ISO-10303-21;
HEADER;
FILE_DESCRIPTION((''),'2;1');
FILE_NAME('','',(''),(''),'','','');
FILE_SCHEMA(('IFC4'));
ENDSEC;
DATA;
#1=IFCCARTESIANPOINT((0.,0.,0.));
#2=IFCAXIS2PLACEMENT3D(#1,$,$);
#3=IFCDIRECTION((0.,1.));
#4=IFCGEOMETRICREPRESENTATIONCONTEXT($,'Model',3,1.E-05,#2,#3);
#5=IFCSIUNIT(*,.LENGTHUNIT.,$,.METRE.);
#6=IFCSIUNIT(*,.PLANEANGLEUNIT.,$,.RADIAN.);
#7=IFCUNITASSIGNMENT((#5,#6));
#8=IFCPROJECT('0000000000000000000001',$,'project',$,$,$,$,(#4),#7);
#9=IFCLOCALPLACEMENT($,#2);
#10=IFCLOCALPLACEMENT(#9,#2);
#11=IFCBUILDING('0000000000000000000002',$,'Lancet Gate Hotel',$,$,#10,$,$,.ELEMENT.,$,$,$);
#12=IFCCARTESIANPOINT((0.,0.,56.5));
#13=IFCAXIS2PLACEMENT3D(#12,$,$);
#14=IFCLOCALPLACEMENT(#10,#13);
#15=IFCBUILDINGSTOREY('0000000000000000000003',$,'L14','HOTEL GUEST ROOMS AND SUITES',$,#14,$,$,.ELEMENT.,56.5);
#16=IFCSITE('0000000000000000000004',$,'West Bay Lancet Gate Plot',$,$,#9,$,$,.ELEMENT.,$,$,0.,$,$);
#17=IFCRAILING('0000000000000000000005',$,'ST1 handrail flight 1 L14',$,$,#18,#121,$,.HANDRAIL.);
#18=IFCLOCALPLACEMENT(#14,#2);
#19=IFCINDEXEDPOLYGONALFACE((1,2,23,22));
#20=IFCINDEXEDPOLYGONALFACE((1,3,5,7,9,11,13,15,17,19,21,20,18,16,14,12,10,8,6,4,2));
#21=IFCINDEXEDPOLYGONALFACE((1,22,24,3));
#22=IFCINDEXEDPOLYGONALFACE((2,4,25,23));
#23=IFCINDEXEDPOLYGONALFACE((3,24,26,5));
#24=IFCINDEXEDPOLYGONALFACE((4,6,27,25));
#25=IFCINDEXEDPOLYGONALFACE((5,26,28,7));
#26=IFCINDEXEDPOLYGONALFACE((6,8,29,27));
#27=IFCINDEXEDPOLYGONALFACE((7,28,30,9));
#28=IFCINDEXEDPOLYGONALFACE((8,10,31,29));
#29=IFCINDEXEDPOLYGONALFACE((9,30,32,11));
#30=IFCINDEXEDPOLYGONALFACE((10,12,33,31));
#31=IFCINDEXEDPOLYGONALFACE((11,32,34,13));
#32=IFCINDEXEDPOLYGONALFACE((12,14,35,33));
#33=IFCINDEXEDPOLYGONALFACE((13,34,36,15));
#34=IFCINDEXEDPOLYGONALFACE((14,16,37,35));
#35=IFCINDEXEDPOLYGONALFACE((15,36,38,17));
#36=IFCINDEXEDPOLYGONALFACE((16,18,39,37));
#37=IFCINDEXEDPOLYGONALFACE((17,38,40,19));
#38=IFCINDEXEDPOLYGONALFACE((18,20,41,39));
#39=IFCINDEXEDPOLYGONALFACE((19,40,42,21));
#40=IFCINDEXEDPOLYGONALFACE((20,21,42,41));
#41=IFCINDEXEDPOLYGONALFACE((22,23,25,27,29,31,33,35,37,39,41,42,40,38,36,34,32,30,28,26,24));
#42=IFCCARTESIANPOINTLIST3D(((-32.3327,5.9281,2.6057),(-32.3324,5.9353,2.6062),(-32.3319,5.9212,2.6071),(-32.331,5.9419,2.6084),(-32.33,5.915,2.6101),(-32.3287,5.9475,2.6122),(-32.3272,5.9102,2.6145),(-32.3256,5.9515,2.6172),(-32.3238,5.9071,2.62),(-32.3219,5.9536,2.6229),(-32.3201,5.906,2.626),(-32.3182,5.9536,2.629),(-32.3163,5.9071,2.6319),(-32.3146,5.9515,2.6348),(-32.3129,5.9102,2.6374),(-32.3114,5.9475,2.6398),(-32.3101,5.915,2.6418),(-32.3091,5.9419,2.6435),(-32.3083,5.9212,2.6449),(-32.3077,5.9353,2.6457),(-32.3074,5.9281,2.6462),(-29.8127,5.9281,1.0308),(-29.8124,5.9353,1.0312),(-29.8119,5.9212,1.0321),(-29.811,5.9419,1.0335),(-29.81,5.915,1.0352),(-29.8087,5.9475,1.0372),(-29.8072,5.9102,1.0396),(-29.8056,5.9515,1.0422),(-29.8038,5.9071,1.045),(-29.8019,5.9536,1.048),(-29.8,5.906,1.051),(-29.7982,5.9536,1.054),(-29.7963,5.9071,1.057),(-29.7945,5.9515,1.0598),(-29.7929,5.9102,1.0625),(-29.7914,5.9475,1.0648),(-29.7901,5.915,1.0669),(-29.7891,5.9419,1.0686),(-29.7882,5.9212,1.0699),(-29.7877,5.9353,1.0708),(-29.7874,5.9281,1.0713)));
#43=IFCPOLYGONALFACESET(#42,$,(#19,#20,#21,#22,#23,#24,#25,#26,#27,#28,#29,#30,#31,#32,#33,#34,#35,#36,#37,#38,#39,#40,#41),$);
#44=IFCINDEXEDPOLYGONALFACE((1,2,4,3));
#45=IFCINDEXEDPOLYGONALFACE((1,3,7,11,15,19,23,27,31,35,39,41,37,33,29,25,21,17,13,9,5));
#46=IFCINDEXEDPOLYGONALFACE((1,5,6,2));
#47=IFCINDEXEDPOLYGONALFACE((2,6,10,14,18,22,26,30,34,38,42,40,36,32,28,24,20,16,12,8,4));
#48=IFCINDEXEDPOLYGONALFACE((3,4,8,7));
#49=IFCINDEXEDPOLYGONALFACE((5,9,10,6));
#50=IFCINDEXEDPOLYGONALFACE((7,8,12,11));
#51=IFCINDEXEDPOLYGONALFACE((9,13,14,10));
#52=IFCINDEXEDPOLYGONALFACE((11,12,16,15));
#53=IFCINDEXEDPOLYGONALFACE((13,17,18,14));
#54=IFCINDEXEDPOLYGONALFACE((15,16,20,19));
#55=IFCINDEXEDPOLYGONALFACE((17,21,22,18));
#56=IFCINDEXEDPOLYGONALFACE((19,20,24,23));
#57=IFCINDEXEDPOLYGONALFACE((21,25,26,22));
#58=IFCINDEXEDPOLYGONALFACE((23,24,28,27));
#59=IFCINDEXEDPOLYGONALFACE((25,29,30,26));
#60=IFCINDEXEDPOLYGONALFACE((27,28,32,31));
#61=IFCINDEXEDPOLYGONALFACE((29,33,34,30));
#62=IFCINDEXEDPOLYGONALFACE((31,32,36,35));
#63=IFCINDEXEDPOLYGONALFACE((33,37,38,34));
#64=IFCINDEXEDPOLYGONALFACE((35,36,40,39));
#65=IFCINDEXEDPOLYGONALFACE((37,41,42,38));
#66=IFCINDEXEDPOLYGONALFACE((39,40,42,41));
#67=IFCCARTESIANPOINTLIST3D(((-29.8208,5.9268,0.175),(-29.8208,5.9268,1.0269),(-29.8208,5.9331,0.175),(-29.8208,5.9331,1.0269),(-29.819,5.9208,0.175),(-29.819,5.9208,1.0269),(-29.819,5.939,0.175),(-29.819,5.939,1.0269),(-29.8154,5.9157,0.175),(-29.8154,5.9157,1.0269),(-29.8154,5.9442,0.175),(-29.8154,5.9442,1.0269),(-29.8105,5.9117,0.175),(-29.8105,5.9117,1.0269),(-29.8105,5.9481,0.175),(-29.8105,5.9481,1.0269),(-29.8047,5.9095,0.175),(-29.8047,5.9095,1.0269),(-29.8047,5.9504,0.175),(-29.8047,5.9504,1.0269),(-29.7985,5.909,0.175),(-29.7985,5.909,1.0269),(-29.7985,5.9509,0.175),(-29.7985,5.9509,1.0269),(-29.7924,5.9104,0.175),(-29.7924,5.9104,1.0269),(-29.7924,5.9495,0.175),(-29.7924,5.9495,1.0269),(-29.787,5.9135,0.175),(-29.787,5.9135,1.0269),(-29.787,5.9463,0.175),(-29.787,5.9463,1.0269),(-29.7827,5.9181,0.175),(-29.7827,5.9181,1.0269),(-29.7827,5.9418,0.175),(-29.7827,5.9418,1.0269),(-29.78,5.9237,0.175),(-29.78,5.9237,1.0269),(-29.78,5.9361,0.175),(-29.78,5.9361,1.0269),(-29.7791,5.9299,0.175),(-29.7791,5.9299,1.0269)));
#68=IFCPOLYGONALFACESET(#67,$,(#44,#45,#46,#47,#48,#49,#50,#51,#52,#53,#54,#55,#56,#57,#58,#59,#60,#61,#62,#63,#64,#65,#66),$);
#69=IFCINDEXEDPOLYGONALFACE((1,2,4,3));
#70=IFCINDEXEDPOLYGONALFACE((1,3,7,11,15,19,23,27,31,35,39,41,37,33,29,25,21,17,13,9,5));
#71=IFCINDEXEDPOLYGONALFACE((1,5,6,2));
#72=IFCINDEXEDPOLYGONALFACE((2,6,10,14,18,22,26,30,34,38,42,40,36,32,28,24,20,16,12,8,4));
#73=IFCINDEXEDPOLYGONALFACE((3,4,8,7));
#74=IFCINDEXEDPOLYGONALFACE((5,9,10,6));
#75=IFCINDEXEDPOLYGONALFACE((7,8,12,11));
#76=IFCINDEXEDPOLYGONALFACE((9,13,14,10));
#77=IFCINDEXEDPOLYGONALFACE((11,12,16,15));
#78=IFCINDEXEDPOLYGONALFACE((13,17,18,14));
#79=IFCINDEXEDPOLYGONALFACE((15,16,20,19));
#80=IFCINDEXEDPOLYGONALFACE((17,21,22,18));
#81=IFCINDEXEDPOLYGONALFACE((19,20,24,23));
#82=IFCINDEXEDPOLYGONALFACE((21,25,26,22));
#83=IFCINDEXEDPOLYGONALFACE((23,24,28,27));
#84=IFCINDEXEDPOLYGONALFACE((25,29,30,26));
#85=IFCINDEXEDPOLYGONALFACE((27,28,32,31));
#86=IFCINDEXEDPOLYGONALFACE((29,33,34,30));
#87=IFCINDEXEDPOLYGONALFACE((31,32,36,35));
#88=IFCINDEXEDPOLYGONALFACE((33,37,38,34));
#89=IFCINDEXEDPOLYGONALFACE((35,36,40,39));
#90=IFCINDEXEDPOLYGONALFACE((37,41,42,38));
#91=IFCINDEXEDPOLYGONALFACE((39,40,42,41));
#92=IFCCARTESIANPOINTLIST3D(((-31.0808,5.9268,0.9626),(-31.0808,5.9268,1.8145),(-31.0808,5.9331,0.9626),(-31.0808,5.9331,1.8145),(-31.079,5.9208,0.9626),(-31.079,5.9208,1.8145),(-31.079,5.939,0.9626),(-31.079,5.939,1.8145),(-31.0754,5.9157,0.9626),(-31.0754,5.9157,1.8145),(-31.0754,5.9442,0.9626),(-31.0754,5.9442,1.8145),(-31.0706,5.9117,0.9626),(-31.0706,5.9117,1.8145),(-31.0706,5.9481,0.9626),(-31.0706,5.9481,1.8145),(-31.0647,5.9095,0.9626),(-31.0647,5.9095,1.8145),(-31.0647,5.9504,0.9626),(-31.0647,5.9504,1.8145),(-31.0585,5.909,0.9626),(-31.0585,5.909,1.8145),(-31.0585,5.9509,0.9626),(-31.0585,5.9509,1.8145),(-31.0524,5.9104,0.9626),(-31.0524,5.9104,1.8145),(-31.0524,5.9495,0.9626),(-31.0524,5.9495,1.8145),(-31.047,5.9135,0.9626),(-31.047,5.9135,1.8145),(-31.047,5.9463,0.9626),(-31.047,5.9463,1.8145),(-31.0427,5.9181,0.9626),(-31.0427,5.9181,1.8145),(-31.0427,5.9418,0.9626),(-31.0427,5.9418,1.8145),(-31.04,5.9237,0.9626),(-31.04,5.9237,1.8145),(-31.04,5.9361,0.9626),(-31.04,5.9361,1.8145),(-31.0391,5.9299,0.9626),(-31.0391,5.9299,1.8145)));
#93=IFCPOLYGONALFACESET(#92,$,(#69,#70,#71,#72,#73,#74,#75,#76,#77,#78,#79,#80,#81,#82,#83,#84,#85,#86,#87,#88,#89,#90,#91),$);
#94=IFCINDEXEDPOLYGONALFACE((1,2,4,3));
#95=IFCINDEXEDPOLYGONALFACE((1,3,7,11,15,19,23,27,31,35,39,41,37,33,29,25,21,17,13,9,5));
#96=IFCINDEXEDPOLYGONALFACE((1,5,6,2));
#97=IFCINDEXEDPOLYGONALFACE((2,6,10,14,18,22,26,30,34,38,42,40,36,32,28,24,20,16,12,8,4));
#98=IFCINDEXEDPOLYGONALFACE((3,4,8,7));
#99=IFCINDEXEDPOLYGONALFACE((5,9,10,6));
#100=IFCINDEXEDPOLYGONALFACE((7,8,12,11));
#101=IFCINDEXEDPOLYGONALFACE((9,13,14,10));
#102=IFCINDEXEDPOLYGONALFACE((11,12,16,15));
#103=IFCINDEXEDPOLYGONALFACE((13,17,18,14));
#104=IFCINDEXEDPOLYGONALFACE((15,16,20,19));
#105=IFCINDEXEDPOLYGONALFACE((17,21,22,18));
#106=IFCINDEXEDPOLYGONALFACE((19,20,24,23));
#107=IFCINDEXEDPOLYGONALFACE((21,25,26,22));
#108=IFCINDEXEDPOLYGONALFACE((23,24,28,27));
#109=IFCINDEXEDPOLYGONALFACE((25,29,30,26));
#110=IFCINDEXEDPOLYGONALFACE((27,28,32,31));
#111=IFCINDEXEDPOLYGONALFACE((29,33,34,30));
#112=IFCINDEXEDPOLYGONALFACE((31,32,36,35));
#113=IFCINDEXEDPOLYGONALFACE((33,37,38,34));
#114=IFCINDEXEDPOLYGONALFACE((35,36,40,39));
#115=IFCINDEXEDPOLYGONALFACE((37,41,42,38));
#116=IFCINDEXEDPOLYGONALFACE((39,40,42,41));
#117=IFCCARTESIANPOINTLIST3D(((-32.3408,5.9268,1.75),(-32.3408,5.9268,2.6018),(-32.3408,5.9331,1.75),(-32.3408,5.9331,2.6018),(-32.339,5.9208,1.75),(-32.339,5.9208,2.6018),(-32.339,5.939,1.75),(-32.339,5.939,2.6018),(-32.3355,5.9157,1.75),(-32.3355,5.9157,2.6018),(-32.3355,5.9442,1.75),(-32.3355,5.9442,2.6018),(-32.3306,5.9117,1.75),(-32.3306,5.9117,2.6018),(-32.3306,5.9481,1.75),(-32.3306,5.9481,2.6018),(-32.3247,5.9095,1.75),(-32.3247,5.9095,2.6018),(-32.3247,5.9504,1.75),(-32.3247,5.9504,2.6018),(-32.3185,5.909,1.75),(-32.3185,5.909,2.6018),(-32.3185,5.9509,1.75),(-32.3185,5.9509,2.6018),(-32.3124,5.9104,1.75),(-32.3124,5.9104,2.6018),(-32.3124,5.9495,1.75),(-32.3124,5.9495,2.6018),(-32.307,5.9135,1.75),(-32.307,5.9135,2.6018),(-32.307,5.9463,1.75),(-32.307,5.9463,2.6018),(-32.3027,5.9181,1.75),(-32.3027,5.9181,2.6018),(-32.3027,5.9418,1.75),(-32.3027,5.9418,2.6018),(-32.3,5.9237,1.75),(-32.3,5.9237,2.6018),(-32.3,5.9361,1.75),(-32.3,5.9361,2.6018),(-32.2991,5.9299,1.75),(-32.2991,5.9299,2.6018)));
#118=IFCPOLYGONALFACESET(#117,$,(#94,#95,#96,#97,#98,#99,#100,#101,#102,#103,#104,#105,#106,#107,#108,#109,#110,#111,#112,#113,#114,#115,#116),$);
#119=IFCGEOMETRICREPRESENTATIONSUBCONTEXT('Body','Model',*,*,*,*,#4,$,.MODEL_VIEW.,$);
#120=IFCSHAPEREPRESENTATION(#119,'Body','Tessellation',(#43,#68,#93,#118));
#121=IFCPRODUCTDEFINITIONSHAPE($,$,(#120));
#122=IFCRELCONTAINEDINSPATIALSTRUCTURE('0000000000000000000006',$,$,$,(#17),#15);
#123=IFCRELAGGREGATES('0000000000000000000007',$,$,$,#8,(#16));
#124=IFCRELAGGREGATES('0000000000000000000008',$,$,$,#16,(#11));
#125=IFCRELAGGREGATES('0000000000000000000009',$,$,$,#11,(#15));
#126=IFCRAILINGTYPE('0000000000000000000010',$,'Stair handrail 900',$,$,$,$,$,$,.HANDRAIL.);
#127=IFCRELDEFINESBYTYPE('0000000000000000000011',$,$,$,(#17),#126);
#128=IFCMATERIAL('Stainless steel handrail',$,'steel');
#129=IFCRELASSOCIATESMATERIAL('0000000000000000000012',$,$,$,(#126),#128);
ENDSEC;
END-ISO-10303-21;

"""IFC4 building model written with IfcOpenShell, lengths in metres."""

from ifc_helpers import new_model, si_unit, direction, frame, origin, origin_2d, place, context, subcontext, project, spatial, circle, extrude, material, type_object, element, save


model = new_model("IFC4")

# Units and contexts
model_context = context("Model", 3, precision=1e-05, world=origin(), true_north=direction((0.0, 1.0)))
body_context = subcontext(model_context, "Body", "Model", "MODEL_VIEW")
ifc_project = project(units=[si_unit("LENGTHUNIT", "METRE"), si_unit("PLANEANGLEUNIT", "RADIAN")], contexts=[model_context])

# Site, building, storey
site_placement = place(None, origin())
site = spatial("IfcSite", under=ifc_project, at=site_placement, Name="West Bay Lancet Gate Plot", CompositionType="ELEMENT", RefElevation=0.0)
building_placement = place(site_placement, origin())
building = spatial("IfcBuilding", under=site, at=building_placement, Name="Lancet Gate Hotel", CompositionType="ELEMENT")
storey_placement = place(building_placement, frame((0.0, 0.0, 56.5)))
storey = spatial("IfcBuildingStorey", under=building, at=storey_placement, Name="L14", Description="HOTEL GUEST ROOMS AND SUITES", CompositionType="ELEMENT", Elevation=56.5)

# Railing
ifc_material_1 = material(Name="Stainless steel handrail", Category="steel")
railing_type = type_object("IfcRailingType", Name="Stair handrail 900", PredefinedType="HANDRAIL", material=ifc_material_1)
railing_1_placement = place(storey_placement, frame((-29.8, 5.9299, 0.175)))
element("IfcRailing", 1, at=railing_1_placement, inside=storey, type_object=railing_type, Name="ST1 handrail flight 1 L14", PredefinedType="HANDRAIL", context=body_context, shape_type="SweptSolid", body=[
    extrude(circle(Radius=0.0239, at=origin_2d()), frame((0.0, 0.0, 0.876), z_axis=(-0.848008, 0.0, 0.529984), x_axis=(0.0, -1.0, 0.0)), (0.0, 0.0, 1.0), 2.9717),
    extrude(circle(Radius=0.021, at=origin_2d()), origin(), (0.0, 0.0, 1.0), 0.8518),
    extrude(circle(Radius=0.021, at=origin_2d()), frame((-1.26, 0.0, 0.7876)), (0.0, 0.0, 1.0), 0.8518),
    extrude(circle(Radius=0.021, at=origin_2d()), frame((-2.52, 0.0, 1.575)), (0.0, 0.0, 1.0), 0.8518),
])

save(model, "model.ifc")
